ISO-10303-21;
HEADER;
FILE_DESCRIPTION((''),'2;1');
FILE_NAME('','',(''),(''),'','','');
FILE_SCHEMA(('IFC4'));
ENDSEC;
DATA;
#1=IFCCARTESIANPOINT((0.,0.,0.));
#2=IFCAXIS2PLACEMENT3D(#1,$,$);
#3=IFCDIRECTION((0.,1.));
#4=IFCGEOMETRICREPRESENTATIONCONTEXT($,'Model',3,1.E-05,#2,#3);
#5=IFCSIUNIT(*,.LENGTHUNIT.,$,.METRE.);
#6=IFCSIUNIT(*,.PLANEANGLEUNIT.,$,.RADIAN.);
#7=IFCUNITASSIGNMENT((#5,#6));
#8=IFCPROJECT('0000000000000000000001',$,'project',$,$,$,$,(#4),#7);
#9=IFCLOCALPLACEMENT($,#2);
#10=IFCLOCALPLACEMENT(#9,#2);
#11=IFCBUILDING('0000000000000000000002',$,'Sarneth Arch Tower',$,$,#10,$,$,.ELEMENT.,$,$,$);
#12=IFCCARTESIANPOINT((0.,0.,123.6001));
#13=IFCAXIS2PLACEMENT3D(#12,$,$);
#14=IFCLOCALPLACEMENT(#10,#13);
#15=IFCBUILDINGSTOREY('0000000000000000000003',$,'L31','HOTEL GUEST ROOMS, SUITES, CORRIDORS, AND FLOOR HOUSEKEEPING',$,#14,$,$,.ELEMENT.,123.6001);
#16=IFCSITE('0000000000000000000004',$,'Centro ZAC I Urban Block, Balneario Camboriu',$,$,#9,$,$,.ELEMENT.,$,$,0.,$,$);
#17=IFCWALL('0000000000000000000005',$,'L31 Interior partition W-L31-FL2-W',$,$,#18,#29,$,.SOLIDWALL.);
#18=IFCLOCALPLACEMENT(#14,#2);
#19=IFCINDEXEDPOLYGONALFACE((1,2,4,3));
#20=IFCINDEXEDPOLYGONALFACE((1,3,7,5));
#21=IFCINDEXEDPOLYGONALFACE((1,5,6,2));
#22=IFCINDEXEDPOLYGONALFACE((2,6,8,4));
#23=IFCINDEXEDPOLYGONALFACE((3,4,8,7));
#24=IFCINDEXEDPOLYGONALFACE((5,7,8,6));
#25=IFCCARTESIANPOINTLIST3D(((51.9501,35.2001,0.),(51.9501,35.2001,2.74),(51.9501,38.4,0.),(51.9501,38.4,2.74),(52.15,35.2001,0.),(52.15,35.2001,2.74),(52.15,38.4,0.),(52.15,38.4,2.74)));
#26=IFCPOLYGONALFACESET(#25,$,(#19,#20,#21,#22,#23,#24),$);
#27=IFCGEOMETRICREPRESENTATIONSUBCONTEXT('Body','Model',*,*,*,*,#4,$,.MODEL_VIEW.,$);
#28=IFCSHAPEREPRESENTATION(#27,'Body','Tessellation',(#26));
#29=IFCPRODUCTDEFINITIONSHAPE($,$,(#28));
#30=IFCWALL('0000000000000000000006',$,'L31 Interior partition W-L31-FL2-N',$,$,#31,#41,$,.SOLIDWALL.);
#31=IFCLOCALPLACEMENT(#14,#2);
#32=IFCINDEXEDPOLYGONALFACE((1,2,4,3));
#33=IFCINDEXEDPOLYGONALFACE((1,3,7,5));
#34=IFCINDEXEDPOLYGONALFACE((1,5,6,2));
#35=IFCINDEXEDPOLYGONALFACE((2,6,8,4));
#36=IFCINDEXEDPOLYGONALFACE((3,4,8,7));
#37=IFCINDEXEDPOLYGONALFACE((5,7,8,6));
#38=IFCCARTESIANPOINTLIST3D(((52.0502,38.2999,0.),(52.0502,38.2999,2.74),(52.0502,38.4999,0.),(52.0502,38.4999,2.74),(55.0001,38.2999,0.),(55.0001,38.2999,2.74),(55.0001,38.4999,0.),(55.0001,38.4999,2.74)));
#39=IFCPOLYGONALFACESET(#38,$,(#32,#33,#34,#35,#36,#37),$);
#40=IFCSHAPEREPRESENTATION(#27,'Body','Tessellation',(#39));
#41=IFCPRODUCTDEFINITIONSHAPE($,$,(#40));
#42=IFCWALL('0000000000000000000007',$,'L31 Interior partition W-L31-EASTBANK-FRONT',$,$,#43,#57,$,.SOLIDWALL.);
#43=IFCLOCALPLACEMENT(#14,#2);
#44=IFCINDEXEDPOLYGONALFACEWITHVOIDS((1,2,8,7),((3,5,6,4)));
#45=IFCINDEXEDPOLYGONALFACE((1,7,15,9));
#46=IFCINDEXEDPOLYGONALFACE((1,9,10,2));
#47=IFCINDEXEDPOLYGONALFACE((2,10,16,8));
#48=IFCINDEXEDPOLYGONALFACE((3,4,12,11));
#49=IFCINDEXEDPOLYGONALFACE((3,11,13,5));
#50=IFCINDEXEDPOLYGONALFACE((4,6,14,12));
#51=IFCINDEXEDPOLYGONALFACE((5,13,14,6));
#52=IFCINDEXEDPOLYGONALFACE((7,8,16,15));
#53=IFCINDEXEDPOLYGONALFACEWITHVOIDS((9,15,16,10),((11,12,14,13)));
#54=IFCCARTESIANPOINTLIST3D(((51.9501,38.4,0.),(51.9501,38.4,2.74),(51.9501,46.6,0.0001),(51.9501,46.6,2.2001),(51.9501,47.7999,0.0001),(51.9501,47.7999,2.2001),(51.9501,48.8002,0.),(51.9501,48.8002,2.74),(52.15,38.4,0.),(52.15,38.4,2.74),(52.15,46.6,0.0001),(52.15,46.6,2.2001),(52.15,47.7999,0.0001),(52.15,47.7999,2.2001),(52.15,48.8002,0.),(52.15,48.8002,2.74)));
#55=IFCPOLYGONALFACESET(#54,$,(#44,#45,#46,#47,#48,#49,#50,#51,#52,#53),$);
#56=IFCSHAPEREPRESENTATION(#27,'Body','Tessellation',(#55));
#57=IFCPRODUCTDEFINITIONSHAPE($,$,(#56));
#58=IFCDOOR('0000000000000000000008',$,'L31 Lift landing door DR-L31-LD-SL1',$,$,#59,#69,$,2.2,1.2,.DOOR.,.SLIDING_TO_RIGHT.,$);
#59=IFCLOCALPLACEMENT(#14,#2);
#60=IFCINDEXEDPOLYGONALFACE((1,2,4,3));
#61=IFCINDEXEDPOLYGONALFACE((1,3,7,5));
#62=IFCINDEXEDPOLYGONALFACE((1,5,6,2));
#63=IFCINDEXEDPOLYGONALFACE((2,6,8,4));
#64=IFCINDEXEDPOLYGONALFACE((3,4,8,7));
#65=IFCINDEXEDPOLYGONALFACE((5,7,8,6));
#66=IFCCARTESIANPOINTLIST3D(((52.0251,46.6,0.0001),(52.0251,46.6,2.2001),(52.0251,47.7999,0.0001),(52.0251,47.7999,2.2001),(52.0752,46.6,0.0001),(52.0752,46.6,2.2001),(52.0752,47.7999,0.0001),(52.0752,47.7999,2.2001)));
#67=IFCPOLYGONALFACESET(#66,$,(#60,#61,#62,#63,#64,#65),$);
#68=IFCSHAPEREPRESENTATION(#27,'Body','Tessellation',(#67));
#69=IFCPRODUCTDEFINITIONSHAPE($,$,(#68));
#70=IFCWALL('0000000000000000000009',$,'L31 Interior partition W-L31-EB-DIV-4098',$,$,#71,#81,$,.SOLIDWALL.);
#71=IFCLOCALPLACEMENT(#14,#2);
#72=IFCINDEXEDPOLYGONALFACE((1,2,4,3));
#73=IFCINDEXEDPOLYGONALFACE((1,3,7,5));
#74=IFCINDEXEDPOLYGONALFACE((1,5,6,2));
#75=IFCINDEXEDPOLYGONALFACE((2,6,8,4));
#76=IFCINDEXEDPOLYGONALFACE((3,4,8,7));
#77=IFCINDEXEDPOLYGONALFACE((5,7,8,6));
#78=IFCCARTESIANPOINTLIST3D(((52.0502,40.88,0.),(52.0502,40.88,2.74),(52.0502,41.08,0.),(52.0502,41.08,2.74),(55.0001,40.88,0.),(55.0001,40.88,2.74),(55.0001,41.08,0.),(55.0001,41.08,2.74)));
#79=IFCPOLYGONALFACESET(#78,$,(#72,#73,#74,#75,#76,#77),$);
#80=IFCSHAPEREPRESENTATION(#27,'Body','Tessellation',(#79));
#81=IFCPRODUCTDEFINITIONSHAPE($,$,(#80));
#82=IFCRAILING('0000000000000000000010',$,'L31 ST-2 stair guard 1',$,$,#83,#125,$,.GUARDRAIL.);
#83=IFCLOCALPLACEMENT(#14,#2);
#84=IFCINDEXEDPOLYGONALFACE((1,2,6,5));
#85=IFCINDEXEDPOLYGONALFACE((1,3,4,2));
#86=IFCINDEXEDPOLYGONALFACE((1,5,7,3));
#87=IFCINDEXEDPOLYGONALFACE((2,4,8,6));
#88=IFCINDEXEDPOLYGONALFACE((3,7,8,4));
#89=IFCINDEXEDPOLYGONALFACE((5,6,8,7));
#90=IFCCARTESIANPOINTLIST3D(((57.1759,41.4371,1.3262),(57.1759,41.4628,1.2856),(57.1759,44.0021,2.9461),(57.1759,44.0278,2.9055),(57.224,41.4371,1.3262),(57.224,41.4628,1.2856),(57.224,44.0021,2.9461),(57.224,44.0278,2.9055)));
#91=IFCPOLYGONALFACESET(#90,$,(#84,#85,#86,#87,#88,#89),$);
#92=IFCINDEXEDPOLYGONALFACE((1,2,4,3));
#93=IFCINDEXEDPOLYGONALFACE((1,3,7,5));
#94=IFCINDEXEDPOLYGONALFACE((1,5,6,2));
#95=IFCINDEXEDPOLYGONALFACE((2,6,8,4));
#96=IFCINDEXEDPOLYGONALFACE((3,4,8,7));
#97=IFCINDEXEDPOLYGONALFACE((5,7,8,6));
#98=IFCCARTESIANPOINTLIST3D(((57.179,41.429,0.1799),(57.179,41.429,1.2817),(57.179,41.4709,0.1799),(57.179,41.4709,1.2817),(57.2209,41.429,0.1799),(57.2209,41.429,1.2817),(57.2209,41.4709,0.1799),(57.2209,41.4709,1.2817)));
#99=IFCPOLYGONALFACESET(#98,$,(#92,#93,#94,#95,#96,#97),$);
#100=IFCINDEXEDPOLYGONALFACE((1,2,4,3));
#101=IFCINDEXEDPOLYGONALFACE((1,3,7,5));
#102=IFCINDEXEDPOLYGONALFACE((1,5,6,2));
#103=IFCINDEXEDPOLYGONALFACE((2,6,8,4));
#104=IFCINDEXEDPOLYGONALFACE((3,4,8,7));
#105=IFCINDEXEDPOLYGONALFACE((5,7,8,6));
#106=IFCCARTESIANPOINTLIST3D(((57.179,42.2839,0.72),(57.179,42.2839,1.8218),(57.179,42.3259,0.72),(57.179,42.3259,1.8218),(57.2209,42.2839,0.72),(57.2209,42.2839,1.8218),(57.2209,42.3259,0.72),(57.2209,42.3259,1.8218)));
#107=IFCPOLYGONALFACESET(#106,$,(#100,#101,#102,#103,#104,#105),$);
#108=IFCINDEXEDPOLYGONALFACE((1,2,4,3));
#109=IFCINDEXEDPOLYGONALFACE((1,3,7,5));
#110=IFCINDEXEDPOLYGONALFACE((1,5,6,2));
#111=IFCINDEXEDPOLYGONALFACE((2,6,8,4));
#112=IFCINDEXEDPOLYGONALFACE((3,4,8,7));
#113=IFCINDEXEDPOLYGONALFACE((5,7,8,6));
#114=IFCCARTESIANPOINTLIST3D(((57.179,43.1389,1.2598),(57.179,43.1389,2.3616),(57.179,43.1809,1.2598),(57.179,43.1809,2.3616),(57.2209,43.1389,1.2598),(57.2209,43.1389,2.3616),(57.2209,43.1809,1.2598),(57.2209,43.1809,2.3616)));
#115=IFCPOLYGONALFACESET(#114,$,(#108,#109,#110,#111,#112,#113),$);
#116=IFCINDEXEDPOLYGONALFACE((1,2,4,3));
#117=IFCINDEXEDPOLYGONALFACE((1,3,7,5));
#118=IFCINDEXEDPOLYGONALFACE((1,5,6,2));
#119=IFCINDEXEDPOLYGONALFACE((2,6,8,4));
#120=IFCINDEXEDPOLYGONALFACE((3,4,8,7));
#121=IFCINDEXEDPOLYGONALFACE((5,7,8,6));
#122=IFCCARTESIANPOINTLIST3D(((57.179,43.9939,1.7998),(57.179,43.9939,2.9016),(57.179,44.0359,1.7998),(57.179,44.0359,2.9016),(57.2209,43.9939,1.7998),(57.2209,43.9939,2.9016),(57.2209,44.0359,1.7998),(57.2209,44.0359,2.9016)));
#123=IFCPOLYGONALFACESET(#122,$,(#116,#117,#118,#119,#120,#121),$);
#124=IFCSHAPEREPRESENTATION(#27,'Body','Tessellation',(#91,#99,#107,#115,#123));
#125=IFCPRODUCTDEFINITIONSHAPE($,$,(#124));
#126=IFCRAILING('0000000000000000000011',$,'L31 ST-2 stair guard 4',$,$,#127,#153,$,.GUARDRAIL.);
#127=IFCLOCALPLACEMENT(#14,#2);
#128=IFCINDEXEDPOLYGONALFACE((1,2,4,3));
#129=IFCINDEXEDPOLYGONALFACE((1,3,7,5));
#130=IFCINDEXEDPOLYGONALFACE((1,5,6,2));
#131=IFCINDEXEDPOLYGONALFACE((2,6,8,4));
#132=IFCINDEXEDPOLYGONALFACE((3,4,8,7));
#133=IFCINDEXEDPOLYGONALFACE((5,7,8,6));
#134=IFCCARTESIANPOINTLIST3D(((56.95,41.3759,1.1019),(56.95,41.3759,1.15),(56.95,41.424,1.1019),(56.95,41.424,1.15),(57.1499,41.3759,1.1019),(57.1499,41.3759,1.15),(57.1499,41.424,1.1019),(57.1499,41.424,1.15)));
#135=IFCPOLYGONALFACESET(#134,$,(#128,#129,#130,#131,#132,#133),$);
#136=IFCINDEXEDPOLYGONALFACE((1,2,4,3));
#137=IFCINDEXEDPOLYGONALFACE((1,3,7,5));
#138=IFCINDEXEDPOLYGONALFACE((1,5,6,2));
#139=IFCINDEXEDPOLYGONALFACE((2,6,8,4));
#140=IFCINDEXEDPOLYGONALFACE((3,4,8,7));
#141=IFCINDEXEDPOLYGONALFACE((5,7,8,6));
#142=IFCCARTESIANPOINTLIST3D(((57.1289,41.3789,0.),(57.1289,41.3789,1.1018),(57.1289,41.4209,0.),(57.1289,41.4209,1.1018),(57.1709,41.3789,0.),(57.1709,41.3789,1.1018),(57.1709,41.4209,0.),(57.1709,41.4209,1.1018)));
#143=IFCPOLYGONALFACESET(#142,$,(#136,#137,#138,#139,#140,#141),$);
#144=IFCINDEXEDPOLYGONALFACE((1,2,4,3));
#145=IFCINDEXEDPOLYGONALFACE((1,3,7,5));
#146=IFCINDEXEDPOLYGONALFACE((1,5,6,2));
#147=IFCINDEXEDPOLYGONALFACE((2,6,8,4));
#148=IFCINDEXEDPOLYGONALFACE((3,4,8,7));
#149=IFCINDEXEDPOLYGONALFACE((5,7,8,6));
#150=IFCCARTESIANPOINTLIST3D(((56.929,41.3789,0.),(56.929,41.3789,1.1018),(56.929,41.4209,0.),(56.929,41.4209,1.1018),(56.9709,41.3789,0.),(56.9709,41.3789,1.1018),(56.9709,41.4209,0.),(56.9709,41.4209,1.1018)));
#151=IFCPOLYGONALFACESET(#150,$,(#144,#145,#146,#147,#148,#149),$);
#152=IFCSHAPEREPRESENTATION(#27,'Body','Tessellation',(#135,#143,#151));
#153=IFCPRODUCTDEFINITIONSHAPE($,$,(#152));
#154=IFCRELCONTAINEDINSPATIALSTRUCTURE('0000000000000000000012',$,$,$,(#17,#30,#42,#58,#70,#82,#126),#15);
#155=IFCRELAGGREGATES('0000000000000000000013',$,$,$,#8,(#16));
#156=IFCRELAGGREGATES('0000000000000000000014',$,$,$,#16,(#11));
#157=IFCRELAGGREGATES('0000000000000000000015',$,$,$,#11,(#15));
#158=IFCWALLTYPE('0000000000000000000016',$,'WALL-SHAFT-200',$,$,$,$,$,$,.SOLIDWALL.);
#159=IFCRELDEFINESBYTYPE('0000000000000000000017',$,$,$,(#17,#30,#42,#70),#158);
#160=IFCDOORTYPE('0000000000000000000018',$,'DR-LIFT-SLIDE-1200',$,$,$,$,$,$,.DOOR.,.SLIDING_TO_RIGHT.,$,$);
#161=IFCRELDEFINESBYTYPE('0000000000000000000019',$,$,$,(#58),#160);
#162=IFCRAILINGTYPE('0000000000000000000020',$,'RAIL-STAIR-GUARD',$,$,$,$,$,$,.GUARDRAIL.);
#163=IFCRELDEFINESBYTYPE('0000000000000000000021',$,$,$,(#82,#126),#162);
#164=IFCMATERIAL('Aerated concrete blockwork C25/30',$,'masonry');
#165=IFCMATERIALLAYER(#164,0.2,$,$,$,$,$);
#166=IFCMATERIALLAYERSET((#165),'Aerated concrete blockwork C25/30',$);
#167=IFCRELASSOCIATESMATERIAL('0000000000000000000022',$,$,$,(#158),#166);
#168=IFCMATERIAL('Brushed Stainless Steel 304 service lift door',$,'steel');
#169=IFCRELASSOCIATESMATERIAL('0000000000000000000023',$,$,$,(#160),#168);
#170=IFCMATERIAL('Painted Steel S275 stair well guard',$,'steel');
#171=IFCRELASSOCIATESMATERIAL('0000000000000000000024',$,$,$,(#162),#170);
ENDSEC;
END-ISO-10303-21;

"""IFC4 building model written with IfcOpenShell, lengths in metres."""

from ifc_helpers import new_model, si_unit, direction, frame, frame_2d, origin, origin_2d, place, context, subcontext, project, spatial, rectangle, extrude, material, layer, layer_set, type_object, element, fill, save


model = new_model("IFC4")

# Units and contexts
model_context = context("Model", 3, precision=1e-05, world=origin(), true_north=direction((0.0, 1.0)))
body_context = subcontext(model_context, "Body", "Model", "MODEL_VIEW")
ifc_project = project(units=[si_unit("LENGTHUNIT", "METRE"), si_unit("PLANEANGLEUNIT", "RADIAN")], contexts=[model_context])

# Site, building, storey
site_placement = place(None, origin())
site = spatial("IfcSite", under=ifc_project, at=site_placement, Name="Centro ZAC I Urban Block, Balneario Camboriu", CompositionType="ELEMENT", RefElevation=0.0)
building_placement = place(site_placement, origin())
building = spatial("IfcBuilding", under=site, at=building_placement, Name="Sarneth Arch Tower", CompositionType="ELEMENT")
storey_placement = place(building_placement, frame((0.0, 0.0, 123.6001)))
storey = spatial("IfcBuildingStorey", under=building, at=storey_placement, Name="L31", Description="HOTEL GUEST ROOMS, SUITES, CORRIDORS, AND FLOOR HOUSEKEEPING", CompositionType="ELEMENT", Elevation=123.6001)

# Shared definitions
ifc_material_1 = material(Name="Aerated concrete blockwork C25/30", Category="masonry")
ifc_layer_1 = layer(ifc_material_1, 0.2)
ifc_layer_set_1 = layer_set([ifc_layer_1], Name="Aerated concrete blockwork C25/30")
wall_type_1 = type_object("IfcWallType", Name="WALL-SHAFT-200", PredefinedType="SOLIDWALL", material=ifc_layer_set_1)

# Walls
wall_1_placement = place(storey_placement, frame((52.05, 35.2, 0.0), z_axis=(0.0, 0.0, 1.0), x_axis=(0.0, 1.0, 0.0)))
element("IfcWall", 1, at=wall_1_placement, inside=storey, type_object=wall_type_1, Name="L31 Interior partition W-L31-FL2-W", PredefinedType="SOLIDWALL", context=body_context, shape_type="SweptSolid", body=[
    extrude(rectangle(XDim=3.2, YDim=0.2, at=frame_2d((1.6001, 0.0))), origin(), (0.0, 0.0, 1.0), 2.74),
])
wall_2_placement = place(storey_placement, frame((52.05, 38.3999, 0.0), z_axis=(0.0, 0.0, 1.0), x_axis=(1.0, 0.0, 0.0)))
element("IfcWall", 2, at=wall_2_placement, inside=storey, type_object=wall_type_1, Name="L31 Interior partition W-L31-FL2-N", PredefinedType="SOLIDWALL", context=body_context, shape_type="SweptSolid", body=[
    extrude(rectangle(XDim=2.95, YDim=0.2, at=frame_2d((1.4751, 0.0))), origin(), (0.0, 0.0, 1.0), 2.74),
])

# Wall, opening, door
wall_3_placement = place(storey_placement, frame((52.05, 38.3999, 0.0), z_axis=(0.0, 0.0, 1.0), x_axis=(0.0, 1.0, 0.0)))
wall_3 = element("IfcWall", 3, at=wall_3_placement, inside=storey, type_object=wall_type_1, Name="L31 Interior partition W-L31-EASTBANK-FRONT", PredefinedType="SOLIDWALL", context=body_context, shape_type="SweptSolid", body=[
    extrude(rectangle(XDim=10.4001, YDim=0.2, at=frame_2d((5.2002, 0.0))), origin(), (0.0, 0.0, 1.0), 2.74),
])
opening_1_placement = place(wall_3_placement, frame((8.2, 0.0, 0.0)))
opening_1 = element("IfcOpeningElement", 4, at=opening_1_placement, cuts=wall_3, PredefinedType="OPENING", context=body_context, shape_type="SweptSolid", body=[
    extrude(rectangle(XDim=1.2, YDim=2.2, at=frame_2d((0.6001, 1.1001))), frame((0.0, 0.1099, 0.0), z_axis=(0.0, -1.0, 0.0), x_axis=(1.0, 0.0, 0.0)), (0.0, 0.0, 1.0), 0.22),
])
ifc_material_2 = material(Name="Brushed Stainless Steel 304 service lift door", Category="steel")
door_type_1 = type_object("IfcDoorType", Name="DR-LIFT-SLIDE-1200", OperationType="SLIDING_TO_RIGHT", PredefinedType="DOOR", material=ifc_material_2)
door_1_placement = place(opening_1_placement, origin())
door_1 = element("IfcDoor", 5, at=door_1_placement, inside=storey, type_object=door_type_1, Name="L31 Lift landing door DR-L31-LD-SL1", OperationType="SLIDING_TO_RIGHT", OverallHeight=2.2, OverallWidth=1.2, PredefinedType="DOOR", context=body_context, shape_type="SweptSolid", body=[
    extrude(rectangle(XDim=1.2, YDim=2.2, at=frame_2d((0.6001, 1.1001))), frame((0.0, 0.0249, 0.0), z_axis=(0.0, -1.0, 0.0), x_axis=(1.0, 0.0, 0.0)), (0.0, 0.0, 1.0), 0.05),
])
fill(opening_1, door_1)

# Wall
wall_4_placement = place(storey_placement, frame((52.05, 40.98, 0.0), z_axis=(0.0, 0.0, 1.0), x_axis=(1.0, 0.0, 0.0)))
element("IfcWall", 6, at=wall_4_placement, inside=storey, type_object=wall_type_1, Name="L31 Interior partition W-L31-EB-DIV-4098", PredefinedType="SOLIDWALL", context=body_context, shape_type="SweptSolid", body=[
    extrude(rectangle(XDim=2.95, YDim=0.2, at=frame_2d((1.4751, 0.0))), origin(), (0.0, 0.0, 1.0), 2.74),
])

# Railings
ifc_material_3 = material(Name="Painted Steel S275 stair well guard", Category="steel")
railing_type = type_object("IfcRailingType", Name="RAIL-STAIR-GUARD", PredefinedType="GUARDRAIL", material=ifc_material_3)
railing_1_placement = place(storey_placement, frame((57.2, 41.45, 0.1799)))
element("IfcRailing", 7, at=railing_1_placement, inside=storey, type_object=railing_type, Name="L31 ST-2 stair guard 1", PredefinedType="GUARDRAIL", context=body_context, shape_type="SweptSolid", body=[
    extrude(rectangle(XDim=0.0481, YDim=0.0481, at=origin_2d()), frame((0.0, 0.0, 1.126), z_axis=(0.0, 0.845502, 0.533972), x_axis=(-1.0, 0.0, 0.0)), (0.0, 0.0, 1.0), 3.0337),
    extrude(rectangle(XDim=0.042, YDim=0.042, at=origin_2d()), origin(), (0.0, 0.0, 1.0), 1.1018),
    extrude(rectangle(XDim=0.042, YDim=0.042, at=origin_2d()), frame((0.0, 0.855, 0.54)), (0.0, 0.0, 1.0), 1.1018),
    extrude(rectangle(XDim=0.042, YDim=0.042, at=origin_2d()), frame((0.0, 1.71, 1.0798)), (0.0, 0.0, 1.0), 1.1018),
    extrude(rectangle(XDim=0.042, YDim=0.042, at=origin_2d()), frame((0.0, 2.5649, 1.6199)), (0.0, 0.0, 1.0), 1.1018),
])
railing_2_placement = place(storey_placement, frame((57.1499, 41.3999, 0.0)))
element("IfcRailing", 8, at=railing_2_placement, inside=storey, type_object=railing_type, Name="L31 ST-2 stair guard 4", PredefinedType="GUARDRAIL", context=body_context, shape_type="SweptSolid", body=[
    extrude(rectangle(XDim=0.0481, YDim=0.0481, at=origin_2d()), frame((0.0, 0.0, 1.126), z_axis=(-1.0, 0.0, 0.0), x_axis=(0.0, -1.0, 0.0)), (0.0, 0.0, 1.0), 0.2),
    extrude(rectangle(XDim=0.042, YDim=0.042, at=origin_2d()), origin(), (0.0, 0.0, 1.0), 1.1018),
    extrude(rectangle(XDim=0.042, YDim=0.042, at=origin_2d()), frame((-0.2, 0.0, 0.0)), (0.0, 0.0, 1.0), 1.1018),
])

save(model, "model.ifc")
